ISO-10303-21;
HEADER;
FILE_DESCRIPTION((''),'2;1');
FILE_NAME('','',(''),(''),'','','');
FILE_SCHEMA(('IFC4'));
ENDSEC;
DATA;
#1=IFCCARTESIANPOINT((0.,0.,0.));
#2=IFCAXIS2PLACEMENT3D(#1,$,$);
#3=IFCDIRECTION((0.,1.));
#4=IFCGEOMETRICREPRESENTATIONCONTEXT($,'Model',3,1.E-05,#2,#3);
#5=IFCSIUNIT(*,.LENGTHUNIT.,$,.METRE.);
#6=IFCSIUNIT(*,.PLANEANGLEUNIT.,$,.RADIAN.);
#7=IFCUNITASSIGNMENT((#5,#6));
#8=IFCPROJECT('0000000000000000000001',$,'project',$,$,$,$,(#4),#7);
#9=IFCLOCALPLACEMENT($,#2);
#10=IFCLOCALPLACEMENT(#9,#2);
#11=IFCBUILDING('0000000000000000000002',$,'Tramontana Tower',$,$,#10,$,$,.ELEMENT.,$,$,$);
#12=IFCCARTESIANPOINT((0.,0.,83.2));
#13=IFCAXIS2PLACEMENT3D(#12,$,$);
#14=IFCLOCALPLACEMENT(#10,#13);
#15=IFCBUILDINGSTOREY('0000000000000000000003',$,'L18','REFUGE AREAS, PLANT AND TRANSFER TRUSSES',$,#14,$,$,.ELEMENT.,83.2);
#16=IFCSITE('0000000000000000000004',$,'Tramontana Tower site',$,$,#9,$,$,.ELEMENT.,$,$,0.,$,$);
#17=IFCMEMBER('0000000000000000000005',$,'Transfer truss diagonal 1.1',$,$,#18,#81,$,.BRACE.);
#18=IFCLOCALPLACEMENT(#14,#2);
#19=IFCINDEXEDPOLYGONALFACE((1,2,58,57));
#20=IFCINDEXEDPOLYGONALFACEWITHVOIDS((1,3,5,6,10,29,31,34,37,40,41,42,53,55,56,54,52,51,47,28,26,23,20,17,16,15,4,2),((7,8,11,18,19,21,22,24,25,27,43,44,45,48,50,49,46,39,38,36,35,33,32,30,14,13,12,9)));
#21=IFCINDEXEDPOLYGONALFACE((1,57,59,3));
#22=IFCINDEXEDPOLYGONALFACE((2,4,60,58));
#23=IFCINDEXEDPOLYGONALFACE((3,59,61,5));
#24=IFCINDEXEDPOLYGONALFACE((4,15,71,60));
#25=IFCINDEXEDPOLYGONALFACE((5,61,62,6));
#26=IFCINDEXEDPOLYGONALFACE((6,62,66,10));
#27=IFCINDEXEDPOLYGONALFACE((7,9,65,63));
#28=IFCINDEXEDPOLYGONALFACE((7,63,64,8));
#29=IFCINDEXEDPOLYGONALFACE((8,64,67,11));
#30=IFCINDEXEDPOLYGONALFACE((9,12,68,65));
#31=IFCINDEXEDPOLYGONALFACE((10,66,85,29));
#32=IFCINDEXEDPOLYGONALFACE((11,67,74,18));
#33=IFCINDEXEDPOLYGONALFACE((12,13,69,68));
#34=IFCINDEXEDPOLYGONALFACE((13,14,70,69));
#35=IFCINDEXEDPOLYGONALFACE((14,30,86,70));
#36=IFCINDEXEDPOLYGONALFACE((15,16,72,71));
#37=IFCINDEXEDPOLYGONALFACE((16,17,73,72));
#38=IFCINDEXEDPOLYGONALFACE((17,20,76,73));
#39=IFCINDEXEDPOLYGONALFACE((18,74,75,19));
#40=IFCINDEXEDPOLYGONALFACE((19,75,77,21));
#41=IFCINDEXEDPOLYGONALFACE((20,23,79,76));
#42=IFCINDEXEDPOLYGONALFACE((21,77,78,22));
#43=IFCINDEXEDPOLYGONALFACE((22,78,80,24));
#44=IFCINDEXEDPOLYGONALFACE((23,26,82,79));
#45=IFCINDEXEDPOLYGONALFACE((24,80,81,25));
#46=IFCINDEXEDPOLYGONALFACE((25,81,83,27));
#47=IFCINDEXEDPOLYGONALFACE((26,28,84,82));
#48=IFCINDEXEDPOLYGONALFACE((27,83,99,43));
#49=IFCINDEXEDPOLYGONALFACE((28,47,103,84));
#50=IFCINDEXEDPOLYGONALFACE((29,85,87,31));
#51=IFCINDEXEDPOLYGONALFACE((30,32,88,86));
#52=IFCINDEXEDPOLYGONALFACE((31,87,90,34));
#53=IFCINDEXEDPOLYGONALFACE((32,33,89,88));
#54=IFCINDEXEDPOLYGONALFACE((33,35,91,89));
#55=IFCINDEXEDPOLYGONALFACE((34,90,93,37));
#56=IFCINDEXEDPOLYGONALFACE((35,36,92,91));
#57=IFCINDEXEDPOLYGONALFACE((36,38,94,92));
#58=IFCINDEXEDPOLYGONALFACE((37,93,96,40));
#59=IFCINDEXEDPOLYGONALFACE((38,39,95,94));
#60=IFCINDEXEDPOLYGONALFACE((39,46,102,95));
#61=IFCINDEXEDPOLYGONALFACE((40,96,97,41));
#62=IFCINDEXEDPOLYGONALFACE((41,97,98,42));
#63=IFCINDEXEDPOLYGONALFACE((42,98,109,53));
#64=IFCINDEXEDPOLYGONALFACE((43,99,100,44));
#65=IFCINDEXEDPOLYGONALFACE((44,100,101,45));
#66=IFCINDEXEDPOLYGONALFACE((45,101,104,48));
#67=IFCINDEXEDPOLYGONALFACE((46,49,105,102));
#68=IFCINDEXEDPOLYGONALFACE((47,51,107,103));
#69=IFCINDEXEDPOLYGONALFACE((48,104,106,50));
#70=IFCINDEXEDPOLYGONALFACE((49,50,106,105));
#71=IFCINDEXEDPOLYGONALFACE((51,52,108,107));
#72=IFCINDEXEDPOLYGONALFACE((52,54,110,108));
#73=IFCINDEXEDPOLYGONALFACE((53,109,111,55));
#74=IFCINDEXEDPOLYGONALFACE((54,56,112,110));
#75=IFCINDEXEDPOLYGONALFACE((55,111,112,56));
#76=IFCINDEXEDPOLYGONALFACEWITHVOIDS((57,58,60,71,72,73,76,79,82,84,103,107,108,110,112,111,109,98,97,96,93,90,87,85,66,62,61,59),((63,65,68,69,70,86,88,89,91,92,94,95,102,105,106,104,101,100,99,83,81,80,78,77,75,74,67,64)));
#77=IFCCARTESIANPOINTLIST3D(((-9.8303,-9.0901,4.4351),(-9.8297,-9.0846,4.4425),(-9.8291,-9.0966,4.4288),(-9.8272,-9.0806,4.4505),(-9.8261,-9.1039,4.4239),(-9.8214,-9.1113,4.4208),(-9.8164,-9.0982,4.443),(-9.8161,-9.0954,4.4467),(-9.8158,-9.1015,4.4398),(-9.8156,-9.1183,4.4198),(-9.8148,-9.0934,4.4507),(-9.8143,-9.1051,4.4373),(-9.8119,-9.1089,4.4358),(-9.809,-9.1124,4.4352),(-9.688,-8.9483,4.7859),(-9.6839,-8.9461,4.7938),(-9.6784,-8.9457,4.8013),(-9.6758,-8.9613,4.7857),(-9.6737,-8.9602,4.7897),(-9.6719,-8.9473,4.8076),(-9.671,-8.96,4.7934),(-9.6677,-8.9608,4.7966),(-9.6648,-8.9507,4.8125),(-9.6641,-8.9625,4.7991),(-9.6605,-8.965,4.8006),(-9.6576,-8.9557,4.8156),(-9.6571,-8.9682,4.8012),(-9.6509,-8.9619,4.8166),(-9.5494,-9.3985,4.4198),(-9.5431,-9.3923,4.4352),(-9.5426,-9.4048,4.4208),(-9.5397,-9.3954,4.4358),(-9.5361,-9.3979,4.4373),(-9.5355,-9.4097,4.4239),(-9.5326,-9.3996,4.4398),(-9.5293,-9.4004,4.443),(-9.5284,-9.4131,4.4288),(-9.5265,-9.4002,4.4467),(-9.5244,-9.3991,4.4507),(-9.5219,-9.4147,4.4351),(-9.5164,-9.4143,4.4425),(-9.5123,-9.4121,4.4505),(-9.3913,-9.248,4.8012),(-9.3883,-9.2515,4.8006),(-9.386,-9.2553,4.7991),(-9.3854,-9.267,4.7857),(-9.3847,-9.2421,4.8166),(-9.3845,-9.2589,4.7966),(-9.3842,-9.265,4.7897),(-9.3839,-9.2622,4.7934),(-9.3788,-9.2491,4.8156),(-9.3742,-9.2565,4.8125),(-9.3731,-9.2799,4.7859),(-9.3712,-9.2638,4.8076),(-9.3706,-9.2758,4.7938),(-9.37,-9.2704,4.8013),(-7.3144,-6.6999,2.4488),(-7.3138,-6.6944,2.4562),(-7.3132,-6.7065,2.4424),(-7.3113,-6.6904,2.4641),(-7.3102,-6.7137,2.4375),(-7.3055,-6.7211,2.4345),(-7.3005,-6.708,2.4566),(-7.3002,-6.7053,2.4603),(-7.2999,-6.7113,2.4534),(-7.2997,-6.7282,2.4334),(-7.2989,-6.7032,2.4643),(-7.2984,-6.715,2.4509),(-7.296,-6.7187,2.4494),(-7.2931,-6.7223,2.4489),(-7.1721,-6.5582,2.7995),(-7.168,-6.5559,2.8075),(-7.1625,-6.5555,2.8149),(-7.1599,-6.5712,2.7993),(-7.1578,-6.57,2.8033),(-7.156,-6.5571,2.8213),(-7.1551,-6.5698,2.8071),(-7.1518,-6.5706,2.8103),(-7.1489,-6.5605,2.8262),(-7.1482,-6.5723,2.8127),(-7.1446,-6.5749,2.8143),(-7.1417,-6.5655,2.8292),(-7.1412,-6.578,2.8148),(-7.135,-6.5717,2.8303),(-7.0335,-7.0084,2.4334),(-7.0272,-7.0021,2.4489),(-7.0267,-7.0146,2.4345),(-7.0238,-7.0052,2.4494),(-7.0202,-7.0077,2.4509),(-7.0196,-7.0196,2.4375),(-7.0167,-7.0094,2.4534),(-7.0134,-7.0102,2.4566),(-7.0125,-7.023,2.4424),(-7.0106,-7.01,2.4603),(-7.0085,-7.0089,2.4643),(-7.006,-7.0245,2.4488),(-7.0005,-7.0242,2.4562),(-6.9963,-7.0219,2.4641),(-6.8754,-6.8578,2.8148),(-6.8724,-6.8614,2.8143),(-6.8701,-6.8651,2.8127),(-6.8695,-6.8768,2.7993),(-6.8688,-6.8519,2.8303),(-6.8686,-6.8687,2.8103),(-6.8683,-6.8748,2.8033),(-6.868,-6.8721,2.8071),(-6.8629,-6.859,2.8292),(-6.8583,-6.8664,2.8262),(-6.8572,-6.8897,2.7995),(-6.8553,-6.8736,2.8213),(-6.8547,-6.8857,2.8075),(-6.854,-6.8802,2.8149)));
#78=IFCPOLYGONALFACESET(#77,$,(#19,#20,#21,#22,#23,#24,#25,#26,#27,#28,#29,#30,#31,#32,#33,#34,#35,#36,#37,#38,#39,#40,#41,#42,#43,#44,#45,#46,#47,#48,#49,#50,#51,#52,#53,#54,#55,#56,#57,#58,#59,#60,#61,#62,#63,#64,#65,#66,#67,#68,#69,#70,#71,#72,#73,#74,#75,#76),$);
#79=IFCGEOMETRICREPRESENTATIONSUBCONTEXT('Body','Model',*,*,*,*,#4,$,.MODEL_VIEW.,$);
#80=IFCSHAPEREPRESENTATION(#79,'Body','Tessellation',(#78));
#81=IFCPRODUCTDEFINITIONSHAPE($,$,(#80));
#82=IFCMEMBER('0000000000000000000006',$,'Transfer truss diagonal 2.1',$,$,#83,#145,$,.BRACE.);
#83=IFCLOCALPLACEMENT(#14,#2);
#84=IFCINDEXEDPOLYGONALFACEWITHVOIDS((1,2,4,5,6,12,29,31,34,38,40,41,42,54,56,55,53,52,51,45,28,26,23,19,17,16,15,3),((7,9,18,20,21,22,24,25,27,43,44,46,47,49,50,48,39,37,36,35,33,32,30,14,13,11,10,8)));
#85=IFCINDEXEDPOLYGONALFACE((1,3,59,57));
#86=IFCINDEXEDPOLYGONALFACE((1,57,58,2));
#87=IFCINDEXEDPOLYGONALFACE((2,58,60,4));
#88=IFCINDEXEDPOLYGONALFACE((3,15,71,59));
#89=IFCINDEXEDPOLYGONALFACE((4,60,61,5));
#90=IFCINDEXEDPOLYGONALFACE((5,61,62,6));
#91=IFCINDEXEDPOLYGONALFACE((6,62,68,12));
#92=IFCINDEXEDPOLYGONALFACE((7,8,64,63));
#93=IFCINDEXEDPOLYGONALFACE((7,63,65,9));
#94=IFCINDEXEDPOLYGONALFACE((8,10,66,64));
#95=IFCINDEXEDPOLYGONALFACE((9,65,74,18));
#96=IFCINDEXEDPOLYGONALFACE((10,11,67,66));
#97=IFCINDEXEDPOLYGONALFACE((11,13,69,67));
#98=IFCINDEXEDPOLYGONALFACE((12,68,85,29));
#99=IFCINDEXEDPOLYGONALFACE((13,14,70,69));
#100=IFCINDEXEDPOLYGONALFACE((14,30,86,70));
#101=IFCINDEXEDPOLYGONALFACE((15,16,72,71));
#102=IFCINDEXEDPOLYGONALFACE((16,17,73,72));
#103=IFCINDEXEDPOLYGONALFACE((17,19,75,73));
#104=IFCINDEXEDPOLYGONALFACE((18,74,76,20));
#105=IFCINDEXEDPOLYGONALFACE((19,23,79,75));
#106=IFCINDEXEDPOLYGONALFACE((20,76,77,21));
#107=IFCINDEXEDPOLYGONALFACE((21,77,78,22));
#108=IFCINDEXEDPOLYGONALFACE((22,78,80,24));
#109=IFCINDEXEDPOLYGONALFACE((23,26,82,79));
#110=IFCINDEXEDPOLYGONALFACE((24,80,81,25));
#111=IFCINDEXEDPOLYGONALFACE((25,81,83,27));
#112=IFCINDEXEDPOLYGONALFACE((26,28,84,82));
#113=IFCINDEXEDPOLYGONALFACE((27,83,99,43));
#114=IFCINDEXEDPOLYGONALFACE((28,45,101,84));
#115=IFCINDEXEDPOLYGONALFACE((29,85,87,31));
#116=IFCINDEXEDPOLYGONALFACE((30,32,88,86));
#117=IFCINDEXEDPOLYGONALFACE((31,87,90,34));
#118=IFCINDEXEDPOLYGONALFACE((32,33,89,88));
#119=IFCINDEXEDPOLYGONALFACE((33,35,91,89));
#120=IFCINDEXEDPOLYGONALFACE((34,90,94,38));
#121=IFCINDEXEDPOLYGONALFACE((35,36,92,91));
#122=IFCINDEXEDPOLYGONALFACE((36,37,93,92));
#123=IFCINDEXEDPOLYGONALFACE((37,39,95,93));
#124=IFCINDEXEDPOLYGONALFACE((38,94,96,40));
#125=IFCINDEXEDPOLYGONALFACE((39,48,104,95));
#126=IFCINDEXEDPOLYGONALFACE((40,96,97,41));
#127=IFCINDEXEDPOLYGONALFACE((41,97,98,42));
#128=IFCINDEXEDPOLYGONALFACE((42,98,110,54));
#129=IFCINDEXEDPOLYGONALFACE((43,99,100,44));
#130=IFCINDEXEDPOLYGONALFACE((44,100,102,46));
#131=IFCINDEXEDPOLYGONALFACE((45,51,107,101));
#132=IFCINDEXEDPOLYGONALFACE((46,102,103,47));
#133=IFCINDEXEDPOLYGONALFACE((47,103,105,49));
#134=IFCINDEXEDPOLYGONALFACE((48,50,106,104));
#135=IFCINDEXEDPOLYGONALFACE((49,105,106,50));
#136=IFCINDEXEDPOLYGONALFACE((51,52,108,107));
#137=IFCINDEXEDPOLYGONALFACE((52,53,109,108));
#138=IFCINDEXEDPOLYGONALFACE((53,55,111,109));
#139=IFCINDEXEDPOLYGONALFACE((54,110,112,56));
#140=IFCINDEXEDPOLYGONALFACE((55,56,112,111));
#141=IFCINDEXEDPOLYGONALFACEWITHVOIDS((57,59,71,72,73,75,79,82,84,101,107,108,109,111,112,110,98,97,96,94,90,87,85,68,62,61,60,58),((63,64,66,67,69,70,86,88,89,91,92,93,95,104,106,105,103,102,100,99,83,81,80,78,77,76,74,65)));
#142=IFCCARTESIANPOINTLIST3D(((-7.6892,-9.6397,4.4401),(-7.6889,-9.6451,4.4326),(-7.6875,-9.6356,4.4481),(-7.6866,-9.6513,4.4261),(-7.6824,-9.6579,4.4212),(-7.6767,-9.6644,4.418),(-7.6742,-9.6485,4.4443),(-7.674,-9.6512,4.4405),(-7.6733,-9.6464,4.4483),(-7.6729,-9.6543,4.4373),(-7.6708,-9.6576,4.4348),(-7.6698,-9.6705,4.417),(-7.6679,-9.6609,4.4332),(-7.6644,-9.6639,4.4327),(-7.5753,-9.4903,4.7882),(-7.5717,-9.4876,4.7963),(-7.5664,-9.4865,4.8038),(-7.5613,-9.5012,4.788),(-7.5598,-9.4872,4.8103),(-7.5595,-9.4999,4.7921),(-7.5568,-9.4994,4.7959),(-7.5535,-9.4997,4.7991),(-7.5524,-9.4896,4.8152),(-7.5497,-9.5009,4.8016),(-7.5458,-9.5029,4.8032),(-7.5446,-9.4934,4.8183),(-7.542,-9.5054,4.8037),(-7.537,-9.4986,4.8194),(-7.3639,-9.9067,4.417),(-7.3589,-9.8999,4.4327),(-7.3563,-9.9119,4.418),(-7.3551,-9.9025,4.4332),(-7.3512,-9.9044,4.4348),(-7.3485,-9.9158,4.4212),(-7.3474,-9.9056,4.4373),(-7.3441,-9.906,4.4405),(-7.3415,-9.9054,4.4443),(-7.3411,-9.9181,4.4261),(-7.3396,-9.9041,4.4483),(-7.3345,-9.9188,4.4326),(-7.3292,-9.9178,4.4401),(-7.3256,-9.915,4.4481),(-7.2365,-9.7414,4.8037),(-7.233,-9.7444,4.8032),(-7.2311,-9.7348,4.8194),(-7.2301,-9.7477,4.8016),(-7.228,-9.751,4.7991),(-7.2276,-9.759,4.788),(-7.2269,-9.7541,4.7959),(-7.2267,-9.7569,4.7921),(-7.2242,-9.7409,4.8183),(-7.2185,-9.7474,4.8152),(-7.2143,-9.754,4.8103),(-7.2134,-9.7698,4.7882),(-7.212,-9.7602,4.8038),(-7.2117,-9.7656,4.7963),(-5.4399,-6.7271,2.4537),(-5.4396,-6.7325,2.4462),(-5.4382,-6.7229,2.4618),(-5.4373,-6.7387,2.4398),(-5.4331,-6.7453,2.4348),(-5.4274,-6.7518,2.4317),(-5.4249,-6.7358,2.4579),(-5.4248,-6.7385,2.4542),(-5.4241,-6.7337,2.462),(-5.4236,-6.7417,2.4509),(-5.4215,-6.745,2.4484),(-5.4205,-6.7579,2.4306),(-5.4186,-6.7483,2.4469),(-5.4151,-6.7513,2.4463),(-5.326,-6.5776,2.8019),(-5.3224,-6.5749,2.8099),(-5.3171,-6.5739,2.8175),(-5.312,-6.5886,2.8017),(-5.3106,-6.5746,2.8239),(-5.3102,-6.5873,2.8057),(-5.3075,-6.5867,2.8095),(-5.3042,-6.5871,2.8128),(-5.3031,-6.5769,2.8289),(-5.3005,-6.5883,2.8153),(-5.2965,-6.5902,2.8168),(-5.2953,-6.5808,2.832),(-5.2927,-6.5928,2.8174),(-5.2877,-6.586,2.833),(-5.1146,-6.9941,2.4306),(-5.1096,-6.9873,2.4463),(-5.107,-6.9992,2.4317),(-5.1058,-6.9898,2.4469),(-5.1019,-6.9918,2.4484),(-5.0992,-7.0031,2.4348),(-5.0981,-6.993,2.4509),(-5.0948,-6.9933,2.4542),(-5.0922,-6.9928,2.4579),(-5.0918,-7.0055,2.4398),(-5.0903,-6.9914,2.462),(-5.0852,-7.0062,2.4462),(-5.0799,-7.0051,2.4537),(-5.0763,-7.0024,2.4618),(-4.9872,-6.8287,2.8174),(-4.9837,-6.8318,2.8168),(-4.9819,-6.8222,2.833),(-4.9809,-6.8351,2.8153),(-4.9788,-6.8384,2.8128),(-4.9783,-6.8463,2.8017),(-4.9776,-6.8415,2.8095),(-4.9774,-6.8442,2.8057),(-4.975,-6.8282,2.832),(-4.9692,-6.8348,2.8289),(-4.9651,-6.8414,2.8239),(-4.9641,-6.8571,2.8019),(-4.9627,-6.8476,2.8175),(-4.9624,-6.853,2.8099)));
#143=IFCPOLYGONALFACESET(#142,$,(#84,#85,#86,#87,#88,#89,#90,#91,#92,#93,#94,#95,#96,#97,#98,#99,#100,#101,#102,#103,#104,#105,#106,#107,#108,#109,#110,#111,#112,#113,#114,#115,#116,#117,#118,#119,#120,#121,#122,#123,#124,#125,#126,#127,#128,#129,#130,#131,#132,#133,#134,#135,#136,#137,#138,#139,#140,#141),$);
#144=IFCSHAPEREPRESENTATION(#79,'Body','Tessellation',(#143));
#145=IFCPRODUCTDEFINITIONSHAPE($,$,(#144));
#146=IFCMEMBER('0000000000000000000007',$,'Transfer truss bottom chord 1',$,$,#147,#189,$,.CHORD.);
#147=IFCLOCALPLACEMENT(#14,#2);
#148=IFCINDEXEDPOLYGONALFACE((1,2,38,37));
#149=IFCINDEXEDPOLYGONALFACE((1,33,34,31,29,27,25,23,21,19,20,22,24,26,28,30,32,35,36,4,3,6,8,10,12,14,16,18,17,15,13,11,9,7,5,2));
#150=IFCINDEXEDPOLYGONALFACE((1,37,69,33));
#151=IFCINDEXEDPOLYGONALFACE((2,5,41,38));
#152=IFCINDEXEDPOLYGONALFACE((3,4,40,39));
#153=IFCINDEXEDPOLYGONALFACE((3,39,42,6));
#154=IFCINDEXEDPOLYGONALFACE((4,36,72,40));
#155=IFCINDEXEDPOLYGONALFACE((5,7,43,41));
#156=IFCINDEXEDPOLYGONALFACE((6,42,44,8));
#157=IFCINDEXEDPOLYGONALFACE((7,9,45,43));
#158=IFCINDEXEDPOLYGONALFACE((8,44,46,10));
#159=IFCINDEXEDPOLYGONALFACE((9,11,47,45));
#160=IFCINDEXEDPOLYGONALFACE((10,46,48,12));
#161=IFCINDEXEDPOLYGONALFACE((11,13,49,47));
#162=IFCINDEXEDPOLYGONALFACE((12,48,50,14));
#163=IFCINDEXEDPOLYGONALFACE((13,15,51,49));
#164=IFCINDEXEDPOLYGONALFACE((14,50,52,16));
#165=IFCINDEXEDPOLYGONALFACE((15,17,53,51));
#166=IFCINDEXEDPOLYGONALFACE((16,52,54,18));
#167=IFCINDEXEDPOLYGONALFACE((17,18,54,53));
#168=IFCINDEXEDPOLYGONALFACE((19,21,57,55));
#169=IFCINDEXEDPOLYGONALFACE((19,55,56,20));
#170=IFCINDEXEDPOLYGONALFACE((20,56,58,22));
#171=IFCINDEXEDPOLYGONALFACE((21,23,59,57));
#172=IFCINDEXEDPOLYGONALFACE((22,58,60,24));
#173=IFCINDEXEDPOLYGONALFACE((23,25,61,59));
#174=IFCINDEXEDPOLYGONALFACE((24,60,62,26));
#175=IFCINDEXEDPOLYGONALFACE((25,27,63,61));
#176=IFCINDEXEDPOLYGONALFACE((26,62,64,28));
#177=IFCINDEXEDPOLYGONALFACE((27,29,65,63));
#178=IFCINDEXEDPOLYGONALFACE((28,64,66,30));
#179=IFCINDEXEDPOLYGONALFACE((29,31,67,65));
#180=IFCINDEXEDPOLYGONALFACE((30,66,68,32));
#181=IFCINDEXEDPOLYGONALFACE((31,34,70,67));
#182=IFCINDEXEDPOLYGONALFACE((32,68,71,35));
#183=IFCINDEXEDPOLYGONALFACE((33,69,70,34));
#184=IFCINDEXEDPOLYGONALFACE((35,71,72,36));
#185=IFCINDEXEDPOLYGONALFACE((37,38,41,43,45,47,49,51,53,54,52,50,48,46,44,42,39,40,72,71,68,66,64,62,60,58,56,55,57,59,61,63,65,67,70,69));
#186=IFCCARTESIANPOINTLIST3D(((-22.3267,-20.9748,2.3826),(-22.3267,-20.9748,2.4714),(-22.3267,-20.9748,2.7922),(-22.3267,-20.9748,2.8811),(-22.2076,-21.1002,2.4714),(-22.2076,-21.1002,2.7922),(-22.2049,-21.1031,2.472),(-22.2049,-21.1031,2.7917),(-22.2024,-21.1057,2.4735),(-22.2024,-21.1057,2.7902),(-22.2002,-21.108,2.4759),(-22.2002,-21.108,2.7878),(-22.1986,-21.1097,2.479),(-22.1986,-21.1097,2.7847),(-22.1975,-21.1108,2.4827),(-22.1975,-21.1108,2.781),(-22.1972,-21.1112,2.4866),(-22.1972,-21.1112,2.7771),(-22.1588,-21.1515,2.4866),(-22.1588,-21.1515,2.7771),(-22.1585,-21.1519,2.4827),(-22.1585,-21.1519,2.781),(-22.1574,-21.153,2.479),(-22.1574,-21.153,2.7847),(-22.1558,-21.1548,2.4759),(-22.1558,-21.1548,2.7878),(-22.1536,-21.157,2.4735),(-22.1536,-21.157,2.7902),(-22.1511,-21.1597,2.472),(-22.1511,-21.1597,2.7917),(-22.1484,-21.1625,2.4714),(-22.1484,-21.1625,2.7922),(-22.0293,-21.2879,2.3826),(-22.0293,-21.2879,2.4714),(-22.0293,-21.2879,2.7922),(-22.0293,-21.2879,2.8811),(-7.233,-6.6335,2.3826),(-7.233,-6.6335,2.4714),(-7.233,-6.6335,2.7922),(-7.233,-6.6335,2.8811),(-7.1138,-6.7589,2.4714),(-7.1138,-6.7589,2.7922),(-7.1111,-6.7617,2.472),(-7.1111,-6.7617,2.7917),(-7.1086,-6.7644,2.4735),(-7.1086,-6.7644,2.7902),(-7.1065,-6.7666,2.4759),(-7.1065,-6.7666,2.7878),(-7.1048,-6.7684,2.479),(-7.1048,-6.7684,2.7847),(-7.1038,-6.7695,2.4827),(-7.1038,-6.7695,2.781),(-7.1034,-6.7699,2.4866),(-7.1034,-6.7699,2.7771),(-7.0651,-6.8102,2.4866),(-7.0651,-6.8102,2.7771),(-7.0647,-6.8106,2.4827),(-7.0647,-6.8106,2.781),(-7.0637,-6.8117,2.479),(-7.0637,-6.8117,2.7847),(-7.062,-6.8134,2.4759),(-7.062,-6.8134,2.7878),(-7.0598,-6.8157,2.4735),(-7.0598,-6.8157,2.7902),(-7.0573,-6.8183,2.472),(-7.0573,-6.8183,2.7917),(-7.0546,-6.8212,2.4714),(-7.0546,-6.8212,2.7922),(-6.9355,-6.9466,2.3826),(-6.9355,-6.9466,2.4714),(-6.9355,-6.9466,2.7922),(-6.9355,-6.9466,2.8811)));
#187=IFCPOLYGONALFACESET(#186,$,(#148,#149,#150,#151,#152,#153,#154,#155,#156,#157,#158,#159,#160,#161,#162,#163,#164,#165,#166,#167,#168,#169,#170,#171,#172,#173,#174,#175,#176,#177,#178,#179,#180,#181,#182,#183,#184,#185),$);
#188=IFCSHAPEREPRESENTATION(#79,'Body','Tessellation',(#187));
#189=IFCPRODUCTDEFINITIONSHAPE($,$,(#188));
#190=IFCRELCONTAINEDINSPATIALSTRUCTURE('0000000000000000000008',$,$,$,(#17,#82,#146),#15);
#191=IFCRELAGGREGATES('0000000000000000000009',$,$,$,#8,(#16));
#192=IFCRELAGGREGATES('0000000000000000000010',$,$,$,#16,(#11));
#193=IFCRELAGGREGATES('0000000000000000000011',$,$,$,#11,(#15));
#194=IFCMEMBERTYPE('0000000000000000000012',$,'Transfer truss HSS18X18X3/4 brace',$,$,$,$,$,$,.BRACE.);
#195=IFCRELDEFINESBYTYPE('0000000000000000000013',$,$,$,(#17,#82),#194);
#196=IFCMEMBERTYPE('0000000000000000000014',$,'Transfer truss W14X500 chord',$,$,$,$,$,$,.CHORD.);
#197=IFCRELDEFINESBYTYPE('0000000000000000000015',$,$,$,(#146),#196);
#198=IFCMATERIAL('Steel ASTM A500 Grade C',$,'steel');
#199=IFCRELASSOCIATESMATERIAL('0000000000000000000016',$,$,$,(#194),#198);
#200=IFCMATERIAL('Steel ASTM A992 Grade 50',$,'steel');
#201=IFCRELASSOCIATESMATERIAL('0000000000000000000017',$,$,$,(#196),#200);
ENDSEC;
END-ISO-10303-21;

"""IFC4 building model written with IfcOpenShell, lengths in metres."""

from ifc_helpers import new_model, si_unit, direction, frame, origin, origin_2d, place, context, subcontext, project, spatial, hollow_rectangle, i_section, extrude, material, material_profile, profile_set, type_object, element, save


model = new_model("IFC4")

# Units and contexts
model_context = context("Model", 3, precision=1e-05, world=origin(), true_north=direction((0.0, 1.0)))
body_context = subcontext(model_context, "Body", "Model", "MODEL_VIEW")
ifc_project = project(units=[si_unit("LENGTHUNIT", "METRE"), si_unit("PLANEANGLEUNIT", "RADIAN")], contexts=[model_context])

# Site, building, storey
site_placement = place(None, origin())
site = spatial("IfcSite", under=ifc_project, at=site_placement, Name="Tramontana Tower site", CompositionType="ELEMENT", RefElevation=0.0)
building_placement = place(site_placement, origin())
building = spatial("IfcBuilding", under=site, at=building_placement, Name="Tramontana Tower", CompositionType="ELEMENT")
storey_placement = place(building_placement, frame((0.0, 0.0, 83.2)))
storey = spatial("IfcBuildingStorey", under=building, at=storey_placement, Name="L18", Description="REFUGE AREAS, PLANT AND TRANSFER TRUSSES", CompositionType="ELEMENT", Elevation=83.2)

# Members
ifc_material_1 = material(Name="Steel ASTM A500 Grade C", Category="steel")
ifc_material_profile_1 = material_profile(ifc_material_1, hollow_rectangle(XDim=0.4573, YDim=0.4573, WallThickness=0.0178, InnerFilletRadius=0.0178, OuterFilletRadius=0.0354, at=origin_2d()), Name="HSS18X18X3/4")
ifc_profile_set_1 = profile_set([ifc_material_profile_1], Name="Steel ASTM A500 Grade C")
member_type_1 = type_object("IfcMemberType", Name="Transfer truss HSS18X18X3/4 brace", PredefinedType="BRACE", material=ifc_profile_set_1)
member_1_placement = place(storey_placement, frame((-7.0842, -6.79, 2.6318), z_axis=(-0.629206, -0.597761, 0.496771), x_axis=(0.688759, -0.724991, 0.0)))
element("IfcMember", 1, at=member_1_placement, inside=storey, type_object=member_type_1, Name="Transfer truss diagonal 1.1", PredefinedType="BRACE", context=body_context, shape_type="SweptSolid", body=[
    extrude(hollow_rectangle(XDim=0.4573, YDim=0.4573, WallThickness=0.0178, InnerFilletRadius=0.0178, OuterFilletRadius=0.0354, at=origin_2d()), origin(), (0.0, 0.0, 1.0), 3.9985),
])
member_2_placement = place(storey_placement, frame((-5.2012, -6.79, 2.6318), z_axis=(-0.537863, -0.696484, 0.474987), x_axis=(0.791466, -0.611213, 0.0)))
element("IfcMember", 2, at=member_2_placement, inside=storey, type_object=member_type_1, Name="Transfer truss diagonal 2.1", PredefinedType="BRACE", context=body_context, shape_type="SweptSolid", body=[
    extrude(hollow_rectangle(XDim=0.4573, YDim=0.4573, WallThickness=0.0178, InnerFilletRadius=0.0178, OuterFilletRadius=0.0354, at=origin_2d()), origin(), (0.0, 0.0, 1.0), 4.1819),
])
ifc_material_2 = material(Name="Steel ASTM A992 Grade 50", Category="steel")
ifc_material_profile_2 = material_profile(ifc_material_2, i_section(OverallWidth=0.4319, OverallDepth=0.4985, WebThickness=0.0557, FlangeThickness=0.0889, FilletRadius=0.0151, at=origin_2d()), Name="W14X500")
ifc_profile_set_2 = profile_set([ifc_material_profile_2], Name="Steel ASTM A992 Grade 50")
member_type_2 = type_object("IfcMemberType", Name="Transfer truss W14X500 chord", PredefinedType="CHORD", material=ifc_profile_set_2)
for number, where, z_axis, x_axis, name in (
    (3, (-7.0842, -6.79, 2.6318), (-0.724946, -0.688806, 0.0), (0.688806, -0.724946, 0.0), "Transfer truss bottom chord 1"),
):
    element("IfcMember", number, at=place(storey_placement, frame(where, z_axis=z_axis, x_axis=x_axis)), inside=storey, type_object=member_type_2, Name=name, PredefinedType="CHORD", context=body_context, shape_type="SweptSolid", body=[
        extrude(i_section(OverallWidth=0.4319, OverallDepth=0.4985, WebThickness=0.0557, FlangeThickness=0.0889, FilletRadius=0.0151, at=origin_2d()), origin(), (0.0, 0.0, 1.0), 20.8206),
    ])

save(model, "model.ifc")
